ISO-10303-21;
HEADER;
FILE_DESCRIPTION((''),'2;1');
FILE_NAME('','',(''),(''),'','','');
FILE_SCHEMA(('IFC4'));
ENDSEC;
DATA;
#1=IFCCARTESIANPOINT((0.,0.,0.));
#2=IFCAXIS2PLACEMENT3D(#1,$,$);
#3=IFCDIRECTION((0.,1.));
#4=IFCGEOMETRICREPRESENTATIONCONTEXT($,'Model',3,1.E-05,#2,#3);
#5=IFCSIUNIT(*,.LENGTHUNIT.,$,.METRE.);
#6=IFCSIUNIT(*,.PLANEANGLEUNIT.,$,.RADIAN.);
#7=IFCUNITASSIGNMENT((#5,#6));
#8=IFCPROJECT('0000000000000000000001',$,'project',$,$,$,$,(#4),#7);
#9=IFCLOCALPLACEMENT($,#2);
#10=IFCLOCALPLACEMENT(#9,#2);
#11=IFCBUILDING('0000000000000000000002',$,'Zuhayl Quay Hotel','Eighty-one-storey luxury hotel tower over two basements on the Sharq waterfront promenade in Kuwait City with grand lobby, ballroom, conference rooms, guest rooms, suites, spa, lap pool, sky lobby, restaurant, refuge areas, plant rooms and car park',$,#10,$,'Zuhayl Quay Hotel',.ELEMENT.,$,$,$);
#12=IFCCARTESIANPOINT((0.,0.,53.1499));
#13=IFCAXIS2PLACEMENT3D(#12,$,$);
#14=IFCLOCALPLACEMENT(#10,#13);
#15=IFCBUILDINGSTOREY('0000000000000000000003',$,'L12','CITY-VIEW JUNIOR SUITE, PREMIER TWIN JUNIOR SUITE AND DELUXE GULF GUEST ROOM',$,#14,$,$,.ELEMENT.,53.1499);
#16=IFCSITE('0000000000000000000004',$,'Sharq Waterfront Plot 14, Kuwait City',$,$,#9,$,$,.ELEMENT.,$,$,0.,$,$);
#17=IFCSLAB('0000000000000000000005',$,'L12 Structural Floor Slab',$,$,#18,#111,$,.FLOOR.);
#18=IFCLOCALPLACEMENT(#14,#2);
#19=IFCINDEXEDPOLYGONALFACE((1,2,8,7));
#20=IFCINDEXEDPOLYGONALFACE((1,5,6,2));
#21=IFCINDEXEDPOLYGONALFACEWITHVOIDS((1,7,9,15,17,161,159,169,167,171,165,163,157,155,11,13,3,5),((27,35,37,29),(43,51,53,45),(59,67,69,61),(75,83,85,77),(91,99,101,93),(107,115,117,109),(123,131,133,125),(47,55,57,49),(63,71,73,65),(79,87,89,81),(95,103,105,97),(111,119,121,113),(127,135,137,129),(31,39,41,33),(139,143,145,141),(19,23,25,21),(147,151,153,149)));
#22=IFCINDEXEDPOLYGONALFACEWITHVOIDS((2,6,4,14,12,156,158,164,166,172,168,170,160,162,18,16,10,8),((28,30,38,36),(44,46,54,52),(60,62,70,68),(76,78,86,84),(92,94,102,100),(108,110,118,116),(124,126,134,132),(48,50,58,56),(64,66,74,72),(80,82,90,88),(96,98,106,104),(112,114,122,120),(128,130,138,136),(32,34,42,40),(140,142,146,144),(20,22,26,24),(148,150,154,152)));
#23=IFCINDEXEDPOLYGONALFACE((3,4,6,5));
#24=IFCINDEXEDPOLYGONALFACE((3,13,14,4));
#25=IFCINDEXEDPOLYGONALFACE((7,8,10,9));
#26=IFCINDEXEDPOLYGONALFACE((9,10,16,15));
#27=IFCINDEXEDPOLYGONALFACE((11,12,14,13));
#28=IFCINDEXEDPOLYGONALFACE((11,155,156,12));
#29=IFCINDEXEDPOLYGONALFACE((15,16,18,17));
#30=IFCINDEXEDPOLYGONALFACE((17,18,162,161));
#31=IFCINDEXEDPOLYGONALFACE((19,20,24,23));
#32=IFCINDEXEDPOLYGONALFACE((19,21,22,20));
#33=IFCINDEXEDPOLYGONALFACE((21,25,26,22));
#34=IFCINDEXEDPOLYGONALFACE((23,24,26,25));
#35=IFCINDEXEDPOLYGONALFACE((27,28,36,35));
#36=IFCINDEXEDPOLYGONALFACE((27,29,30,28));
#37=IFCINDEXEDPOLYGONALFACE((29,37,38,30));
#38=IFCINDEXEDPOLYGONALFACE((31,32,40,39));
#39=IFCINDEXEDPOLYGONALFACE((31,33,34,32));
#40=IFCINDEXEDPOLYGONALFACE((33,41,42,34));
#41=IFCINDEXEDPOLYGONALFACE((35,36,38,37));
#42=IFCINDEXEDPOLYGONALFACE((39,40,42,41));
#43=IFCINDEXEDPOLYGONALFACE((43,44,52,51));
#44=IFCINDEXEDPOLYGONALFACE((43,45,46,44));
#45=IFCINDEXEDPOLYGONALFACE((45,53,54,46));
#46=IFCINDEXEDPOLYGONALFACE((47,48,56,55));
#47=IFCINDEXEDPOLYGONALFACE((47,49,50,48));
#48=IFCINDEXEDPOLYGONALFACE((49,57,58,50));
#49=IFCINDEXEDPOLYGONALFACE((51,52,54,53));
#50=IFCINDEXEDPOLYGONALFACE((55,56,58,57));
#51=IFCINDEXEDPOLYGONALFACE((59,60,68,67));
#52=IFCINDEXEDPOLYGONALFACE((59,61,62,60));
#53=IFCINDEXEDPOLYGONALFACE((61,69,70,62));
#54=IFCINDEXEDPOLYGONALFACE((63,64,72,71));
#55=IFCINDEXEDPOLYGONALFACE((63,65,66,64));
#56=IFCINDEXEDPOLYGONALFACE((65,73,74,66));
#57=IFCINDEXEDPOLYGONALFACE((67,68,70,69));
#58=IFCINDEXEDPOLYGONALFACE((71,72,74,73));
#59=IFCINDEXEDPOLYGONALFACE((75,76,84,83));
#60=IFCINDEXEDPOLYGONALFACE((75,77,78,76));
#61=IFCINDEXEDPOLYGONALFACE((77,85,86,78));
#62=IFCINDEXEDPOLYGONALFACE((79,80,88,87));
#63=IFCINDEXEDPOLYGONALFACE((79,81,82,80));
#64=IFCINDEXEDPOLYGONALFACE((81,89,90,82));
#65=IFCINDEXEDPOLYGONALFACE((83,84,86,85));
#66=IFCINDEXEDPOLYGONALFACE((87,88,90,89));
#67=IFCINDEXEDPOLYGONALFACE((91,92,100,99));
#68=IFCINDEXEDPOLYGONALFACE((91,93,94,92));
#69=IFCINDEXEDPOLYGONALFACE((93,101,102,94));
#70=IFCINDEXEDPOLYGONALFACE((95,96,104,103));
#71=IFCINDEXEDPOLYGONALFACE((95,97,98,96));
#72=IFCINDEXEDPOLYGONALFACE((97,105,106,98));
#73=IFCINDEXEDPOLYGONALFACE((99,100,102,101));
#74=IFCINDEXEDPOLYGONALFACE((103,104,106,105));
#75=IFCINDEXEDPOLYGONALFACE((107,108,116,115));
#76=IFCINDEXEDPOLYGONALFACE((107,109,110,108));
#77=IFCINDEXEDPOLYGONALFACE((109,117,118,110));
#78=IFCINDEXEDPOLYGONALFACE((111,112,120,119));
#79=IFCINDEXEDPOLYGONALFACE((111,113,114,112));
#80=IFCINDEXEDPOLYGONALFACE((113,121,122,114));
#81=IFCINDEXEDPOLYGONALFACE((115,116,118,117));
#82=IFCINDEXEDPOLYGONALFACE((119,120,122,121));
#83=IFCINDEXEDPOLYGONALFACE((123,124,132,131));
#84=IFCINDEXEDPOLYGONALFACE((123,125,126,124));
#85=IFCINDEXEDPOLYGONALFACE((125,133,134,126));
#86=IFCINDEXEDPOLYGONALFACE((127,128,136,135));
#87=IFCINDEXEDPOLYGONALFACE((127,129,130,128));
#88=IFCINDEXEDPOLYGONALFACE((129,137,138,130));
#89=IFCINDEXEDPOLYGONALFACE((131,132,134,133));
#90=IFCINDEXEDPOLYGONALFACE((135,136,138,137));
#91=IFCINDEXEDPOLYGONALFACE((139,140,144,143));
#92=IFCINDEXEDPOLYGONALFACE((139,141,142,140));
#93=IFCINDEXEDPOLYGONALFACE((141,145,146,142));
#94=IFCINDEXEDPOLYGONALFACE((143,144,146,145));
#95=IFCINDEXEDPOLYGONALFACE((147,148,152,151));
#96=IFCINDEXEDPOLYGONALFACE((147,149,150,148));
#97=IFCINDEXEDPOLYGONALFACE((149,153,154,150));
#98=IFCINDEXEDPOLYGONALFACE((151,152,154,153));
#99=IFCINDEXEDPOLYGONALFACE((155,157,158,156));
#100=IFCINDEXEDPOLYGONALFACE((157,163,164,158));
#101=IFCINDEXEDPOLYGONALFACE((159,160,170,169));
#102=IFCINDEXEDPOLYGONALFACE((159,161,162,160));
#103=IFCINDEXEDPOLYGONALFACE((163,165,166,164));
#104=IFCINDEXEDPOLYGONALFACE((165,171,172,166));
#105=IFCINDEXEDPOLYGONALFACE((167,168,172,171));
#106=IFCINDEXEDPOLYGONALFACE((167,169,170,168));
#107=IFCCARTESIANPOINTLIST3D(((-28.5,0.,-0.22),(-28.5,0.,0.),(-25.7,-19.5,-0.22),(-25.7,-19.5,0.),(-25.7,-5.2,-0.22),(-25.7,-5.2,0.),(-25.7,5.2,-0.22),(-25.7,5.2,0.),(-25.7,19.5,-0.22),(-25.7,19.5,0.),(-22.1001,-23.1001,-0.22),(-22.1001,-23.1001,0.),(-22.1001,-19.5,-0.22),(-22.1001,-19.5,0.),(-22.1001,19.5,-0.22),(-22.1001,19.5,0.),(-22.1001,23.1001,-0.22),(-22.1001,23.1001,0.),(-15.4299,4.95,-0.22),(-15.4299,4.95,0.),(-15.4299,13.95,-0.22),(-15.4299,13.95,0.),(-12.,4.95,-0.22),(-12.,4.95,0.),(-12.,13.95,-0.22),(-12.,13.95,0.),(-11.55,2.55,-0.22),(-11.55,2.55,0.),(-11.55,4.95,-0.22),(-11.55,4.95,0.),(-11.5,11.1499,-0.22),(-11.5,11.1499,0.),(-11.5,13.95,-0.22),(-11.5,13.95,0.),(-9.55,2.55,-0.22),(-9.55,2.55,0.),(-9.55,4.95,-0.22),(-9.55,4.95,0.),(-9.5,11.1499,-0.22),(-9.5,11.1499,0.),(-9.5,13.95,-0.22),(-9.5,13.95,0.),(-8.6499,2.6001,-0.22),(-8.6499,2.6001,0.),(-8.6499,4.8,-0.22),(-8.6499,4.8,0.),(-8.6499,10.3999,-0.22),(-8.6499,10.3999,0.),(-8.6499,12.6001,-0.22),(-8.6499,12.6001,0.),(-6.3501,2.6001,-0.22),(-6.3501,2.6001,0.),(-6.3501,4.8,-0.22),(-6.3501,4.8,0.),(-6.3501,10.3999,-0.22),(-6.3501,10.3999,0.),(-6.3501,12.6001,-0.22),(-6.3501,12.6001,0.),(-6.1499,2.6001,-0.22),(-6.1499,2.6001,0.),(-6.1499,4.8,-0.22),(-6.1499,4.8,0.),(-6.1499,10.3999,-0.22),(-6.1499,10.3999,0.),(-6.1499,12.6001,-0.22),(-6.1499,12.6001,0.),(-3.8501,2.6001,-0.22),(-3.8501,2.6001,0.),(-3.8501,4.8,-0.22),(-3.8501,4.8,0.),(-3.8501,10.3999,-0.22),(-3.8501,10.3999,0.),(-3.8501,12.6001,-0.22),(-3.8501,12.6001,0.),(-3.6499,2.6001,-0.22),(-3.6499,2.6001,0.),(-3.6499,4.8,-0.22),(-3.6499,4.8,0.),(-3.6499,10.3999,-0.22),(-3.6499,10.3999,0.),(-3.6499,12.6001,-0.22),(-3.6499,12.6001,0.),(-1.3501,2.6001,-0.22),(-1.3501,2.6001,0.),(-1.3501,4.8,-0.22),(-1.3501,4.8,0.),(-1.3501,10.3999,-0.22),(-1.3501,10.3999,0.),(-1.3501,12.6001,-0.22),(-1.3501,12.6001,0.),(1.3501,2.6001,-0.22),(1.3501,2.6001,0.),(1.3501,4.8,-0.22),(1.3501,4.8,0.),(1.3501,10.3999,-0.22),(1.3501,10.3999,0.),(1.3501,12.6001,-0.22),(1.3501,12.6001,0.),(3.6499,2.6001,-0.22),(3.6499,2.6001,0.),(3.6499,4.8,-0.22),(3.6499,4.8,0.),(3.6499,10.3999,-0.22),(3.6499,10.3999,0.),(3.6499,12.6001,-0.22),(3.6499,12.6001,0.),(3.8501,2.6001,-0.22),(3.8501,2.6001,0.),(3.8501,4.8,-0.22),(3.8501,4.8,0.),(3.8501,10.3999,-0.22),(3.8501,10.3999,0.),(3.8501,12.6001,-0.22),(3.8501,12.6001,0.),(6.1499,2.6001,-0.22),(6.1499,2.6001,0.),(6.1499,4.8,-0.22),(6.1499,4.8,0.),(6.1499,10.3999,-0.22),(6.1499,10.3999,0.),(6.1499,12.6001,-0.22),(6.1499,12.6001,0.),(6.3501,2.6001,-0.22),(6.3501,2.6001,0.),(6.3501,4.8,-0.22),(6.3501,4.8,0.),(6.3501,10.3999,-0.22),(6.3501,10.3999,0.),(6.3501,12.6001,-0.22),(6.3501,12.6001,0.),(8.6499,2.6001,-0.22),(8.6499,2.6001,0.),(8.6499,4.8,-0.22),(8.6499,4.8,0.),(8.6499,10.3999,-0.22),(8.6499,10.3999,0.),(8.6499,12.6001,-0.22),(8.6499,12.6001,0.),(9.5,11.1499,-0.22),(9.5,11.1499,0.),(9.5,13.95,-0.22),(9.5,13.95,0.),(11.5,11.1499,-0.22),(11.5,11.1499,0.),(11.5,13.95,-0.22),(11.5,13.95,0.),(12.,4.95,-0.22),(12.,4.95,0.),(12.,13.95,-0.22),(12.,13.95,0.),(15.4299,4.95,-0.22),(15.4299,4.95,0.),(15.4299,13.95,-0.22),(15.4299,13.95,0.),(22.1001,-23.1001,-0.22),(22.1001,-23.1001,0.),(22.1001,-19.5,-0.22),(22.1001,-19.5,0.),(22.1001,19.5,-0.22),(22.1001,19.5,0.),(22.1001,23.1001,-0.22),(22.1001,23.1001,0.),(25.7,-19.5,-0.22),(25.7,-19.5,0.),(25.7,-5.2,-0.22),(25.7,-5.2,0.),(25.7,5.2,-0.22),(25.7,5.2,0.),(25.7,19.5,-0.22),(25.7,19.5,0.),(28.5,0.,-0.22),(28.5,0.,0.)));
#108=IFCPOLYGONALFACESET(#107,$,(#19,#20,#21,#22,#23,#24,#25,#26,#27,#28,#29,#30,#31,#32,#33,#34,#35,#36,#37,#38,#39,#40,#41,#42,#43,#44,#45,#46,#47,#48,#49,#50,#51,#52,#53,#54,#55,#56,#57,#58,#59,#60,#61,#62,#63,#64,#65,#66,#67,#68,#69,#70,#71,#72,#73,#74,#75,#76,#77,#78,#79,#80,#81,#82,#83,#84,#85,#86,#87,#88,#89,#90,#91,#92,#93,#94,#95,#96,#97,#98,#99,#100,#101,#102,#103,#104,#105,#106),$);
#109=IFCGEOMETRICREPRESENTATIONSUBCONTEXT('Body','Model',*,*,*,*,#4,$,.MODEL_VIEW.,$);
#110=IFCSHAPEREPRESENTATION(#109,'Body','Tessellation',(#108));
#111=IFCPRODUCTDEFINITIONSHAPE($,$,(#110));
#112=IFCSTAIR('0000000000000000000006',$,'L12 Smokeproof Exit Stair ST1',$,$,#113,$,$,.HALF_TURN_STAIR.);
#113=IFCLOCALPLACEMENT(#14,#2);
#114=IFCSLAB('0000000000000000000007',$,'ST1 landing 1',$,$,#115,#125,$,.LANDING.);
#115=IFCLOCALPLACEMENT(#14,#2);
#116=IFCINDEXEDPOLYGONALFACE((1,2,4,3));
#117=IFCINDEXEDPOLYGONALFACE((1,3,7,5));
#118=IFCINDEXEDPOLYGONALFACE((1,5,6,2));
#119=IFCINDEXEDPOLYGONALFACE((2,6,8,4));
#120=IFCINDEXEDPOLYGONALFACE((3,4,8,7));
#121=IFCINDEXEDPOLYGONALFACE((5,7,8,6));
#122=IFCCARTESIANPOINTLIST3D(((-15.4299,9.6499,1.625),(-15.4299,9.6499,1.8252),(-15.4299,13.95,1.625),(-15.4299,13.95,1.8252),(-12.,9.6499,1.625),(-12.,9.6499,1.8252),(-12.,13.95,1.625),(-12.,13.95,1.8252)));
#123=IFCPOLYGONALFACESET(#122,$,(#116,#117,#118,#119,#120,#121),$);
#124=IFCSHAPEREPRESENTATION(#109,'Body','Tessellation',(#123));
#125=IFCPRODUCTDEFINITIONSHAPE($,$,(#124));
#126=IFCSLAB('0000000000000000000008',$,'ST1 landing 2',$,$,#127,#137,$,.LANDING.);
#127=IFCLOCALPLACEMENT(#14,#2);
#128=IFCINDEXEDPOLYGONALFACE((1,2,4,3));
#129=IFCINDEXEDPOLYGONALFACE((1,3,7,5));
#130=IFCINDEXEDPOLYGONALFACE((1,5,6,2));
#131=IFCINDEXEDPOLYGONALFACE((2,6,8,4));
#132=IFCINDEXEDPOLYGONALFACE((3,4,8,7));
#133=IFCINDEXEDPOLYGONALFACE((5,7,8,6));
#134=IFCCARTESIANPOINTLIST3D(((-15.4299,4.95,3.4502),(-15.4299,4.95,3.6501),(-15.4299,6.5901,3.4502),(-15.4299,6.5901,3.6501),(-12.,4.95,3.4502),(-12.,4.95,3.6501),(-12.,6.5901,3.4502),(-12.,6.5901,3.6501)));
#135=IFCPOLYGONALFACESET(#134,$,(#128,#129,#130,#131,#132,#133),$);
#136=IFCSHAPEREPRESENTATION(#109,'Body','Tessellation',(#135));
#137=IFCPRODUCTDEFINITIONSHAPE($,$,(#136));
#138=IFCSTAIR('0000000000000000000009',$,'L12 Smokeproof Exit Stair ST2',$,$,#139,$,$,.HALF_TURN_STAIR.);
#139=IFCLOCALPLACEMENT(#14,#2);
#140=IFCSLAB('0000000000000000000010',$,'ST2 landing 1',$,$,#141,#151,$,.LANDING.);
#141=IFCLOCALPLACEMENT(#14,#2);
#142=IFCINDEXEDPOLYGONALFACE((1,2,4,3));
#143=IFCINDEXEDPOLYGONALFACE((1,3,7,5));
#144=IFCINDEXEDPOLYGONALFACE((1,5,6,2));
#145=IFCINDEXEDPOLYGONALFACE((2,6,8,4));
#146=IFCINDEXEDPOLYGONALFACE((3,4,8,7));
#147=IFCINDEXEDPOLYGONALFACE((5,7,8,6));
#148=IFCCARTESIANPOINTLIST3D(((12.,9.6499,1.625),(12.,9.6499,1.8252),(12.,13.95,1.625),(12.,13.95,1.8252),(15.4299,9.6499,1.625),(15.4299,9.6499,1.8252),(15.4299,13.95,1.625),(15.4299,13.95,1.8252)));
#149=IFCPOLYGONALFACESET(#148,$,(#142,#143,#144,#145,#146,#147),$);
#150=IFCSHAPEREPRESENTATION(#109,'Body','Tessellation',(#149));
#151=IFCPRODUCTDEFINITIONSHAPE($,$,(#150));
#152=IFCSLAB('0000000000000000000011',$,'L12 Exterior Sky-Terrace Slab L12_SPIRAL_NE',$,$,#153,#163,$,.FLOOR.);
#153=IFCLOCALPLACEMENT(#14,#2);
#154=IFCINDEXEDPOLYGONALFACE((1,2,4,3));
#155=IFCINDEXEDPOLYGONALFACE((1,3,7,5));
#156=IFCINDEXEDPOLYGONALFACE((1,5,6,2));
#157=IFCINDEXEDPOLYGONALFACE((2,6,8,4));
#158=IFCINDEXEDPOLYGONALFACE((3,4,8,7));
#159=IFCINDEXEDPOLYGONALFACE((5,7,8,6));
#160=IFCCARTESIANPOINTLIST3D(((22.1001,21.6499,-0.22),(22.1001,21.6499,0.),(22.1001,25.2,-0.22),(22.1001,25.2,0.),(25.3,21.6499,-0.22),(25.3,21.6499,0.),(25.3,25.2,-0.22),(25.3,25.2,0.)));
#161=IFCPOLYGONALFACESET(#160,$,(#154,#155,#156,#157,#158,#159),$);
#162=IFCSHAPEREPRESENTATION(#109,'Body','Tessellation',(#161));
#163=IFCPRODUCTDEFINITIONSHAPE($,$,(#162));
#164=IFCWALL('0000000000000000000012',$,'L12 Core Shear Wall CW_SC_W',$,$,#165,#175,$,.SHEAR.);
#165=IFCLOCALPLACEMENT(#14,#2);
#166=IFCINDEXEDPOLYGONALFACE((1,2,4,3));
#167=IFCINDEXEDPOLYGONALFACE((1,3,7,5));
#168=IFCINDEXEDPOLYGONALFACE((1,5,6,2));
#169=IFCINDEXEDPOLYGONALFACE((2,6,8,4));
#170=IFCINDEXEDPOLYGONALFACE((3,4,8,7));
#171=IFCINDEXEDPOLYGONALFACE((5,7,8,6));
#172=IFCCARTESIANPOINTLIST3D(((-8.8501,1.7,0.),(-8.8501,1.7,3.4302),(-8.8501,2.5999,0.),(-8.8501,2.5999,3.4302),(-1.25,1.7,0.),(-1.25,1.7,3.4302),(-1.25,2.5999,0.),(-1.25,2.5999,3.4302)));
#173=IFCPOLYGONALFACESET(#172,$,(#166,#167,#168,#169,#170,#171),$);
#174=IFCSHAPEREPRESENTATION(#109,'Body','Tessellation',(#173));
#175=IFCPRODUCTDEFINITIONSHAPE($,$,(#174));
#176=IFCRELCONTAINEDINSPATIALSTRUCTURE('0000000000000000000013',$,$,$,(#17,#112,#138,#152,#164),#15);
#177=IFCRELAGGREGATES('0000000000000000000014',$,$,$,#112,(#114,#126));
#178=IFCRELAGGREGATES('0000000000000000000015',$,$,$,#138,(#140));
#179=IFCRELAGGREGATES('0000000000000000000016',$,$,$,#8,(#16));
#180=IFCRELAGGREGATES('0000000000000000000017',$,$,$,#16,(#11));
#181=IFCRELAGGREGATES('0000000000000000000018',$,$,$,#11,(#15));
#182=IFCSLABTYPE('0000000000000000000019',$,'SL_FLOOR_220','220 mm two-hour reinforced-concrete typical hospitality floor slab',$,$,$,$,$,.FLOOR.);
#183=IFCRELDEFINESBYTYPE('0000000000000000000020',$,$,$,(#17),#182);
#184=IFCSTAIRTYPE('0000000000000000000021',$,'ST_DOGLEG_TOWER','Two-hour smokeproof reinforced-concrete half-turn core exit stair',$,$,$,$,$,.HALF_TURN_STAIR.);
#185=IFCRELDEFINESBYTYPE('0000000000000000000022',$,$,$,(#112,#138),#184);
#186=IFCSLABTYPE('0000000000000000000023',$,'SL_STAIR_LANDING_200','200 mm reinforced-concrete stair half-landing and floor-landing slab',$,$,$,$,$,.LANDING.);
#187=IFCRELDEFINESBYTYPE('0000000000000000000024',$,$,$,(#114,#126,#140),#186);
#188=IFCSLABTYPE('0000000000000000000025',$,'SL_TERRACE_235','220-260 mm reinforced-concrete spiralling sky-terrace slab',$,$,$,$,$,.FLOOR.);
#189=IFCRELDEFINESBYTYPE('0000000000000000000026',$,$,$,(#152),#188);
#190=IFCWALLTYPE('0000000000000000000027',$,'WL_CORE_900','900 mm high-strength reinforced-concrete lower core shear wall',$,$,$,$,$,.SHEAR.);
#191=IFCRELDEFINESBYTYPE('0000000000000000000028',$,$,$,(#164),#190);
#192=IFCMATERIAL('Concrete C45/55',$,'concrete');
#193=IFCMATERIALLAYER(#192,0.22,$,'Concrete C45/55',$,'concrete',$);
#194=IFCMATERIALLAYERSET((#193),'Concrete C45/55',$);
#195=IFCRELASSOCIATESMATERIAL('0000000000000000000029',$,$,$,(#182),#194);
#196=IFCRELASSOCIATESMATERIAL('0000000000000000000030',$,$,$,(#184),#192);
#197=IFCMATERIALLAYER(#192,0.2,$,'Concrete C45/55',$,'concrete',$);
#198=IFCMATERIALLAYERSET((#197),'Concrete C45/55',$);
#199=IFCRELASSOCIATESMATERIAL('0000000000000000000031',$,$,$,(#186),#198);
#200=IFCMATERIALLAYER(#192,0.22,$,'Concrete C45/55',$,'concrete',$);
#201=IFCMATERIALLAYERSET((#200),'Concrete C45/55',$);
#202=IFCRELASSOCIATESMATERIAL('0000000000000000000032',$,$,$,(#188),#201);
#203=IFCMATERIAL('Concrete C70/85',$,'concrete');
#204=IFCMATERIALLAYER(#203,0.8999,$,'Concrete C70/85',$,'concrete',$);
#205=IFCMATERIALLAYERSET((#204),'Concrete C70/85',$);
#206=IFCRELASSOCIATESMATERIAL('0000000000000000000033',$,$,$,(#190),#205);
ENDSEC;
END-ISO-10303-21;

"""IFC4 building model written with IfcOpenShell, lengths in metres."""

from ifc_helpers import new_model, si_unit, direction, frame, frame_2d, origin, place, context, subcontext, project, spatial, polyline, rectangle, outline, extrude, material, layer, layer_set, type_object, element, aggregate, save


model = new_model("IFC4")

# Units and contexts
model_context = context("Model", 3, precision=1e-05, world=origin(), true_north=direction((0.0, 1.0)))
body_context = subcontext(model_context, "Body", "Model", "MODEL_VIEW")
ifc_project = project(units=[si_unit("LENGTHUNIT", "METRE"), si_unit("PLANEANGLEUNIT", "RADIAN")], contexts=[model_context])

# Site, building, storey
site_placement = place(None, origin())
site = spatial("IfcSite", under=ifc_project, at=site_placement, Name="Sharq Waterfront Plot 14, Kuwait City", CompositionType="ELEMENT", RefElevation=0.0)
building_placement = place(site_placement, origin())
building = spatial("IfcBuilding", under=site, at=building_placement, Name="Zuhayl Quay Hotel", Description="Eighty-one-storey luxury hotel tower over two basements on the Sharq waterfront promenade in Kuwait City with grand lobby, ballroom, conference rooms, guest rooms, suites, spa, lap pool, sky lobby, restaurant, refuge areas, plant rooms and car park", LongName="Zuhayl Quay Hotel", CompositionType="ELEMENT")
storey_placement = place(building_placement, frame((0.0, 0.0, 53.1499)))
storey = spatial("IfcBuildingStorey", under=building, at=storey_placement, Name="L12", Description="CITY-VIEW JUNIOR SUITE, PREMIER TWIN JUNIOR SUITE AND DELUXE GULF GUEST ROOM", CompositionType="ELEMENT", Elevation=53.1499)

# Shared definitions
ifc_material_1 = material(Name="Concrete C70/85", Category="concrete")

# Slab
ifc_material_2 = material(Name="Concrete C45/55", Category="concrete")
ifc_layer_1 = layer(ifc_material_2, 0.22, Name="Concrete C45/55", Category="concrete")
ifc_layer_set_1 = layer_set([ifc_layer_1], Name="Concrete C45/55")
slab_type_1 = type_object("IfcSlabType", Name="SL_FLOOR_220", Description="220 mm two-hour reinforced-concrete typical hospitality floor slab", PredefinedType="FLOOR", material=ifc_layer_set_1)
slab_1_placement = place(storey_placement, frame((0.0, 0.0, -0.22)))
element("IfcSlab", 1, at=slab_1_placement, inside=storey, type_object=slab_type_1, Name="L12 Structural Floor Slab", PredefinedType="FLOOR", context=body_context, shape_type="SweptSolid", body=[
    extrude(outline(polyline([(-22.1001, -23.1001), (22.1001, -23.1001), (22.1001, -19.5), (25.7, -19.5), (25.7, -5.2), (28.5, 0.0), (25.7, 5.2), (25.7, 19.5), (22.1001, 19.5), (22.1001, 23.1001), (-22.1001, 23.1001), (-22.1001, 19.5), (-25.7, 19.5), (-25.7, 5.2), (-28.5, 0.0), (-25.7, -5.2), (-25.7, -19.5), (-22.1001, -19.5), (-22.1001, -23.1001)]), holes=[polyline([(-12.0, 4.95), (-12.0, 13.95), (-15.4299, 13.95), (-15.4299, 4.95), (-12.0, 4.95)]), polyline([(15.4299, 4.95), (15.4299, 13.95), (12.0, 13.95), (12.0, 4.95), (15.4299, 4.95)]), polyline([(-11.5, 11.1499), (-9.5, 11.1499), (-9.5, 13.95), (-11.5, 13.95), (-11.5, 11.1499)]), polyline([(9.5, 11.1499), (11.5, 11.1499), (11.5, 13.95), (9.5, 13.95), (9.5, 11.1499)]), polyline([(-8.6499, 2.6001), (-6.3501, 2.6001), (-6.3501, 4.8), (-8.6499, 4.8), (-8.6499, 2.6001)]), polyline([(-6.1499, 2.6001), (-3.8501, 2.6001), (-3.8501, 4.8), (-6.1499, 4.8), (-6.1499, 2.6001)]), polyline([(-8.6499, 10.3999), (-6.3501, 10.3999), (-6.3501, 12.6001), (-8.6499, 12.6001), (-8.6499, 10.3999)]), polyline([(-6.1499, 10.3999), (-3.8501, 10.3999), (-3.8501, 12.6001), (-6.1499, 12.6001), (-6.1499, 10.3999)]), polyline([(-3.6499, 2.6001), (-1.3501, 2.6001), (-1.3501, 4.8), (-3.6499, 4.8), (-3.6499, 2.6001)]), polyline([(1.3501, 2.6001), (3.6499, 2.6001), (3.6499, 4.8), (1.3501, 4.8), (1.3501, 2.6001)]), polyline([(-3.6499, 10.3999), (-1.3501, 10.3999), (-1.3501, 12.6001), (-3.6499, 12.6001), (-3.6499, 10.3999)]), polyline([(1.3501, 10.3999), (3.6499, 10.3999), (3.6499, 12.6001), (1.3501, 12.6001), (1.3501, 10.3999)]), polyline([(3.8501, 2.6001), (6.1499, 2.6001), (6.1499, 4.8), (3.8501, 4.8), (3.8501, 2.6001)]), polyline([(6.3501, 2.6001), (8.6499, 2.6001), (8.6499, 4.8), (6.3501, 4.8), (6.3501, 2.6001)]), polyline([(3.8501, 10.3999), (6.1499, 10.3999), (6.1499, 12.6001), (3.8501, 12.6001), (3.8501, 10.3999)]), polyline([(6.3501, 10.3999), (8.6499, 10.3999), (8.6499, 12.6001), (6.3501, 12.6001), (6.3501, 10.3999)]), polyline([(-11.55, 2.55), (-9.55, 2.55), (-9.55, 4.95), (-11.55, 4.95), (-11.55, 2.55)])]), origin(), (0.0, 0.0, 1.0), 0.22),
])

# Stair, slabs
stair_type = type_object("IfcStairType", Name="ST_DOGLEG_TOWER", Description="Two-hour smokeproof reinforced-concrete half-turn core exit stair", PredefinedType="HALF_TURN_STAIR", material=ifc_material_2)
stair_1_placement = place(storey_placement, origin())
stair_1 = element("IfcStair", 2, at=stair_1_placement, inside=storey, type_object=stair_type, Name="L12 Smokeproof Exit Stair ST1", PredefinedType="HALF_TURN_STAIR")
ifc_layer_2 = layer(ifc_material_2, 0.2, Name="Concrete C45/55", Category="concrete")
ifc_layer_set_2 = layer_set([ifc_layer_2], Name="Concrete C45/55")
slab_type_2 = type_object("IfcSlabType", Name="SL_STAIR_LANDING_200", Description="200 mm reinforced-concrete stair half-landing and floor-landing slab", PredefinedType="LANDING", material=ifc_layer_set_2)
slab_2_placement = place(storey_placement, frame((0.0, 0.0, 1.625)))
slab_2 = element("IfcSlab", 3, at=slab_2_placement, type_object=slab_type_2, Name="ST1 landing 1", PredefinedType="LANDING", context=body_context, shape_type="SweptSolid", body=[
    extrude(outline(polyline([(-12.0, 9.6499), (-12.0, 13.95), (-15.4299, 13.95), (-15.4299, 9.6499), (-12.0, 9.6499)])), origin(), (0.0, 0.0, 1.0), 0.2002),
])
slab_3_placement = place(storey_placement, frame((0.0, 0.0, 3.4502)))
slab_3 = element("IfcSlab", 4, at=slab_3_placement, type_object=slab_type_2, Name="ST1 landing 2", PredefinedType="LANDING", context=body_context, shape_type="SweptSolid", body=[
    extrude(outline(polyline([(-12.0, 4.95), (-12.0, 6.5901), (-15.4299, 6.5901), (-15.4299, 4.95), (-12.0, 4.95)])), origin(), (0.0, 0.0, 1.0), 0.2),
])
aggregate(stair_1, [slab_2, slab_3])

# Stair, slab
stair_2_placement = place(storey_placement, origin())
stair_2 = element("IfcStair", 5, at=stair_2_placement, inside=storey, type_object=stair_type, Name="L12 Smokeproof Exit Stair ST2", PredefinedType="HALF_TURN_STAIR")
slab_4_placement = place(storey_placement, frame((0.0, 0.0, 1.625)))
slab_4 = element("IfcSlab", 6, at=slab_4_placement, type_object=slab_type_2, Name="ST2 landing 1", PredefinedType="LANDING", context=body_context, shape_type="SweptSolid", body=[
    extrude(outline(polyline([(15.4299, 9.6499), (15.4299, 13.95), (12.0, 13.95), (12.0, 9.6499), (15.4299, 9.6499)])), origin(), (0.0, 0.0, 1.0), 0.2002),
])
aggregate(stair_2, [slab_4])

# Slab
ifc_layer_3 = layer(ifc_material_2, 0.22, Name="Concrete C45/55", Category="concrete")
ifc_layer_set_3 = layer_set([ifc_layer_3], Name="Concrete C45/55")
slab_type_3 = type_object("IfcSlabType", Name="SL_TERRACE_235", Description="220-260 mm reinforced-concrete spiralling sky-terrace slab", PredefinedType="FLOOR", material=ifc_layer_set_3)
slab_5_placement = place(storey_placement, frame((0.0, 0.0, -0.22)))
element("IfcSlab", 7, at=slab_5_placement, inside=storey, type_object=slab_type_3, Name="L12 Exterior Sky-Terrace Slab L12_SPIRAL_NE", PredefinedType="FLOOR", context=body_context, shape_type="SweptSolid", body=[
    extrude(outline(polyline([(22.1001, 21.6499), (25.3, 21.6499), (25.3, 25.2), (22.1001, 25.2), (22.1001, 21.6499)])), origin(), (0.0, 0.0, 1.0), 0.22),
])

# Wall
ifc_layer_4 = layer(ifc_material_1, 0.8999, Name="Concrete C70/85", Category="concrete")
ifc_layer_set_4 = layer_set([ifc_layer_4], Name="Concrete C70/85")
wall_type_1 = type_object("IfcWallType", Name="WL_CORE_900", Description="900 mm high-strength reinforced-concrete lower core shear wall", PredefinedType="SHEAR", material=ifc_layer_set_4)
wall_1_placement = place(storey_placement, frame((-8.8501, 2.1499, 0.0), z_axis=(0.0, 0.0, 1.0), x_axis=(1.0, 0.0, 0.0)))
element("IfcWall", 8, at=wall_1_placement, inside=storey, type_object=wall_type_1, Name="L12 Core Shear Wall CW_SC_W", PredefinedType="SHEAR", context=body_context, shape_type="SweptSolid", body=[
    extrude(rectangle(XDim=7.6001, YDim=0.8999, at=frame_2d((3.8, 0.0))), origin(), (0.0, 0.0, 1.0), 3.4302),
])

save(model, "model.ifc")
